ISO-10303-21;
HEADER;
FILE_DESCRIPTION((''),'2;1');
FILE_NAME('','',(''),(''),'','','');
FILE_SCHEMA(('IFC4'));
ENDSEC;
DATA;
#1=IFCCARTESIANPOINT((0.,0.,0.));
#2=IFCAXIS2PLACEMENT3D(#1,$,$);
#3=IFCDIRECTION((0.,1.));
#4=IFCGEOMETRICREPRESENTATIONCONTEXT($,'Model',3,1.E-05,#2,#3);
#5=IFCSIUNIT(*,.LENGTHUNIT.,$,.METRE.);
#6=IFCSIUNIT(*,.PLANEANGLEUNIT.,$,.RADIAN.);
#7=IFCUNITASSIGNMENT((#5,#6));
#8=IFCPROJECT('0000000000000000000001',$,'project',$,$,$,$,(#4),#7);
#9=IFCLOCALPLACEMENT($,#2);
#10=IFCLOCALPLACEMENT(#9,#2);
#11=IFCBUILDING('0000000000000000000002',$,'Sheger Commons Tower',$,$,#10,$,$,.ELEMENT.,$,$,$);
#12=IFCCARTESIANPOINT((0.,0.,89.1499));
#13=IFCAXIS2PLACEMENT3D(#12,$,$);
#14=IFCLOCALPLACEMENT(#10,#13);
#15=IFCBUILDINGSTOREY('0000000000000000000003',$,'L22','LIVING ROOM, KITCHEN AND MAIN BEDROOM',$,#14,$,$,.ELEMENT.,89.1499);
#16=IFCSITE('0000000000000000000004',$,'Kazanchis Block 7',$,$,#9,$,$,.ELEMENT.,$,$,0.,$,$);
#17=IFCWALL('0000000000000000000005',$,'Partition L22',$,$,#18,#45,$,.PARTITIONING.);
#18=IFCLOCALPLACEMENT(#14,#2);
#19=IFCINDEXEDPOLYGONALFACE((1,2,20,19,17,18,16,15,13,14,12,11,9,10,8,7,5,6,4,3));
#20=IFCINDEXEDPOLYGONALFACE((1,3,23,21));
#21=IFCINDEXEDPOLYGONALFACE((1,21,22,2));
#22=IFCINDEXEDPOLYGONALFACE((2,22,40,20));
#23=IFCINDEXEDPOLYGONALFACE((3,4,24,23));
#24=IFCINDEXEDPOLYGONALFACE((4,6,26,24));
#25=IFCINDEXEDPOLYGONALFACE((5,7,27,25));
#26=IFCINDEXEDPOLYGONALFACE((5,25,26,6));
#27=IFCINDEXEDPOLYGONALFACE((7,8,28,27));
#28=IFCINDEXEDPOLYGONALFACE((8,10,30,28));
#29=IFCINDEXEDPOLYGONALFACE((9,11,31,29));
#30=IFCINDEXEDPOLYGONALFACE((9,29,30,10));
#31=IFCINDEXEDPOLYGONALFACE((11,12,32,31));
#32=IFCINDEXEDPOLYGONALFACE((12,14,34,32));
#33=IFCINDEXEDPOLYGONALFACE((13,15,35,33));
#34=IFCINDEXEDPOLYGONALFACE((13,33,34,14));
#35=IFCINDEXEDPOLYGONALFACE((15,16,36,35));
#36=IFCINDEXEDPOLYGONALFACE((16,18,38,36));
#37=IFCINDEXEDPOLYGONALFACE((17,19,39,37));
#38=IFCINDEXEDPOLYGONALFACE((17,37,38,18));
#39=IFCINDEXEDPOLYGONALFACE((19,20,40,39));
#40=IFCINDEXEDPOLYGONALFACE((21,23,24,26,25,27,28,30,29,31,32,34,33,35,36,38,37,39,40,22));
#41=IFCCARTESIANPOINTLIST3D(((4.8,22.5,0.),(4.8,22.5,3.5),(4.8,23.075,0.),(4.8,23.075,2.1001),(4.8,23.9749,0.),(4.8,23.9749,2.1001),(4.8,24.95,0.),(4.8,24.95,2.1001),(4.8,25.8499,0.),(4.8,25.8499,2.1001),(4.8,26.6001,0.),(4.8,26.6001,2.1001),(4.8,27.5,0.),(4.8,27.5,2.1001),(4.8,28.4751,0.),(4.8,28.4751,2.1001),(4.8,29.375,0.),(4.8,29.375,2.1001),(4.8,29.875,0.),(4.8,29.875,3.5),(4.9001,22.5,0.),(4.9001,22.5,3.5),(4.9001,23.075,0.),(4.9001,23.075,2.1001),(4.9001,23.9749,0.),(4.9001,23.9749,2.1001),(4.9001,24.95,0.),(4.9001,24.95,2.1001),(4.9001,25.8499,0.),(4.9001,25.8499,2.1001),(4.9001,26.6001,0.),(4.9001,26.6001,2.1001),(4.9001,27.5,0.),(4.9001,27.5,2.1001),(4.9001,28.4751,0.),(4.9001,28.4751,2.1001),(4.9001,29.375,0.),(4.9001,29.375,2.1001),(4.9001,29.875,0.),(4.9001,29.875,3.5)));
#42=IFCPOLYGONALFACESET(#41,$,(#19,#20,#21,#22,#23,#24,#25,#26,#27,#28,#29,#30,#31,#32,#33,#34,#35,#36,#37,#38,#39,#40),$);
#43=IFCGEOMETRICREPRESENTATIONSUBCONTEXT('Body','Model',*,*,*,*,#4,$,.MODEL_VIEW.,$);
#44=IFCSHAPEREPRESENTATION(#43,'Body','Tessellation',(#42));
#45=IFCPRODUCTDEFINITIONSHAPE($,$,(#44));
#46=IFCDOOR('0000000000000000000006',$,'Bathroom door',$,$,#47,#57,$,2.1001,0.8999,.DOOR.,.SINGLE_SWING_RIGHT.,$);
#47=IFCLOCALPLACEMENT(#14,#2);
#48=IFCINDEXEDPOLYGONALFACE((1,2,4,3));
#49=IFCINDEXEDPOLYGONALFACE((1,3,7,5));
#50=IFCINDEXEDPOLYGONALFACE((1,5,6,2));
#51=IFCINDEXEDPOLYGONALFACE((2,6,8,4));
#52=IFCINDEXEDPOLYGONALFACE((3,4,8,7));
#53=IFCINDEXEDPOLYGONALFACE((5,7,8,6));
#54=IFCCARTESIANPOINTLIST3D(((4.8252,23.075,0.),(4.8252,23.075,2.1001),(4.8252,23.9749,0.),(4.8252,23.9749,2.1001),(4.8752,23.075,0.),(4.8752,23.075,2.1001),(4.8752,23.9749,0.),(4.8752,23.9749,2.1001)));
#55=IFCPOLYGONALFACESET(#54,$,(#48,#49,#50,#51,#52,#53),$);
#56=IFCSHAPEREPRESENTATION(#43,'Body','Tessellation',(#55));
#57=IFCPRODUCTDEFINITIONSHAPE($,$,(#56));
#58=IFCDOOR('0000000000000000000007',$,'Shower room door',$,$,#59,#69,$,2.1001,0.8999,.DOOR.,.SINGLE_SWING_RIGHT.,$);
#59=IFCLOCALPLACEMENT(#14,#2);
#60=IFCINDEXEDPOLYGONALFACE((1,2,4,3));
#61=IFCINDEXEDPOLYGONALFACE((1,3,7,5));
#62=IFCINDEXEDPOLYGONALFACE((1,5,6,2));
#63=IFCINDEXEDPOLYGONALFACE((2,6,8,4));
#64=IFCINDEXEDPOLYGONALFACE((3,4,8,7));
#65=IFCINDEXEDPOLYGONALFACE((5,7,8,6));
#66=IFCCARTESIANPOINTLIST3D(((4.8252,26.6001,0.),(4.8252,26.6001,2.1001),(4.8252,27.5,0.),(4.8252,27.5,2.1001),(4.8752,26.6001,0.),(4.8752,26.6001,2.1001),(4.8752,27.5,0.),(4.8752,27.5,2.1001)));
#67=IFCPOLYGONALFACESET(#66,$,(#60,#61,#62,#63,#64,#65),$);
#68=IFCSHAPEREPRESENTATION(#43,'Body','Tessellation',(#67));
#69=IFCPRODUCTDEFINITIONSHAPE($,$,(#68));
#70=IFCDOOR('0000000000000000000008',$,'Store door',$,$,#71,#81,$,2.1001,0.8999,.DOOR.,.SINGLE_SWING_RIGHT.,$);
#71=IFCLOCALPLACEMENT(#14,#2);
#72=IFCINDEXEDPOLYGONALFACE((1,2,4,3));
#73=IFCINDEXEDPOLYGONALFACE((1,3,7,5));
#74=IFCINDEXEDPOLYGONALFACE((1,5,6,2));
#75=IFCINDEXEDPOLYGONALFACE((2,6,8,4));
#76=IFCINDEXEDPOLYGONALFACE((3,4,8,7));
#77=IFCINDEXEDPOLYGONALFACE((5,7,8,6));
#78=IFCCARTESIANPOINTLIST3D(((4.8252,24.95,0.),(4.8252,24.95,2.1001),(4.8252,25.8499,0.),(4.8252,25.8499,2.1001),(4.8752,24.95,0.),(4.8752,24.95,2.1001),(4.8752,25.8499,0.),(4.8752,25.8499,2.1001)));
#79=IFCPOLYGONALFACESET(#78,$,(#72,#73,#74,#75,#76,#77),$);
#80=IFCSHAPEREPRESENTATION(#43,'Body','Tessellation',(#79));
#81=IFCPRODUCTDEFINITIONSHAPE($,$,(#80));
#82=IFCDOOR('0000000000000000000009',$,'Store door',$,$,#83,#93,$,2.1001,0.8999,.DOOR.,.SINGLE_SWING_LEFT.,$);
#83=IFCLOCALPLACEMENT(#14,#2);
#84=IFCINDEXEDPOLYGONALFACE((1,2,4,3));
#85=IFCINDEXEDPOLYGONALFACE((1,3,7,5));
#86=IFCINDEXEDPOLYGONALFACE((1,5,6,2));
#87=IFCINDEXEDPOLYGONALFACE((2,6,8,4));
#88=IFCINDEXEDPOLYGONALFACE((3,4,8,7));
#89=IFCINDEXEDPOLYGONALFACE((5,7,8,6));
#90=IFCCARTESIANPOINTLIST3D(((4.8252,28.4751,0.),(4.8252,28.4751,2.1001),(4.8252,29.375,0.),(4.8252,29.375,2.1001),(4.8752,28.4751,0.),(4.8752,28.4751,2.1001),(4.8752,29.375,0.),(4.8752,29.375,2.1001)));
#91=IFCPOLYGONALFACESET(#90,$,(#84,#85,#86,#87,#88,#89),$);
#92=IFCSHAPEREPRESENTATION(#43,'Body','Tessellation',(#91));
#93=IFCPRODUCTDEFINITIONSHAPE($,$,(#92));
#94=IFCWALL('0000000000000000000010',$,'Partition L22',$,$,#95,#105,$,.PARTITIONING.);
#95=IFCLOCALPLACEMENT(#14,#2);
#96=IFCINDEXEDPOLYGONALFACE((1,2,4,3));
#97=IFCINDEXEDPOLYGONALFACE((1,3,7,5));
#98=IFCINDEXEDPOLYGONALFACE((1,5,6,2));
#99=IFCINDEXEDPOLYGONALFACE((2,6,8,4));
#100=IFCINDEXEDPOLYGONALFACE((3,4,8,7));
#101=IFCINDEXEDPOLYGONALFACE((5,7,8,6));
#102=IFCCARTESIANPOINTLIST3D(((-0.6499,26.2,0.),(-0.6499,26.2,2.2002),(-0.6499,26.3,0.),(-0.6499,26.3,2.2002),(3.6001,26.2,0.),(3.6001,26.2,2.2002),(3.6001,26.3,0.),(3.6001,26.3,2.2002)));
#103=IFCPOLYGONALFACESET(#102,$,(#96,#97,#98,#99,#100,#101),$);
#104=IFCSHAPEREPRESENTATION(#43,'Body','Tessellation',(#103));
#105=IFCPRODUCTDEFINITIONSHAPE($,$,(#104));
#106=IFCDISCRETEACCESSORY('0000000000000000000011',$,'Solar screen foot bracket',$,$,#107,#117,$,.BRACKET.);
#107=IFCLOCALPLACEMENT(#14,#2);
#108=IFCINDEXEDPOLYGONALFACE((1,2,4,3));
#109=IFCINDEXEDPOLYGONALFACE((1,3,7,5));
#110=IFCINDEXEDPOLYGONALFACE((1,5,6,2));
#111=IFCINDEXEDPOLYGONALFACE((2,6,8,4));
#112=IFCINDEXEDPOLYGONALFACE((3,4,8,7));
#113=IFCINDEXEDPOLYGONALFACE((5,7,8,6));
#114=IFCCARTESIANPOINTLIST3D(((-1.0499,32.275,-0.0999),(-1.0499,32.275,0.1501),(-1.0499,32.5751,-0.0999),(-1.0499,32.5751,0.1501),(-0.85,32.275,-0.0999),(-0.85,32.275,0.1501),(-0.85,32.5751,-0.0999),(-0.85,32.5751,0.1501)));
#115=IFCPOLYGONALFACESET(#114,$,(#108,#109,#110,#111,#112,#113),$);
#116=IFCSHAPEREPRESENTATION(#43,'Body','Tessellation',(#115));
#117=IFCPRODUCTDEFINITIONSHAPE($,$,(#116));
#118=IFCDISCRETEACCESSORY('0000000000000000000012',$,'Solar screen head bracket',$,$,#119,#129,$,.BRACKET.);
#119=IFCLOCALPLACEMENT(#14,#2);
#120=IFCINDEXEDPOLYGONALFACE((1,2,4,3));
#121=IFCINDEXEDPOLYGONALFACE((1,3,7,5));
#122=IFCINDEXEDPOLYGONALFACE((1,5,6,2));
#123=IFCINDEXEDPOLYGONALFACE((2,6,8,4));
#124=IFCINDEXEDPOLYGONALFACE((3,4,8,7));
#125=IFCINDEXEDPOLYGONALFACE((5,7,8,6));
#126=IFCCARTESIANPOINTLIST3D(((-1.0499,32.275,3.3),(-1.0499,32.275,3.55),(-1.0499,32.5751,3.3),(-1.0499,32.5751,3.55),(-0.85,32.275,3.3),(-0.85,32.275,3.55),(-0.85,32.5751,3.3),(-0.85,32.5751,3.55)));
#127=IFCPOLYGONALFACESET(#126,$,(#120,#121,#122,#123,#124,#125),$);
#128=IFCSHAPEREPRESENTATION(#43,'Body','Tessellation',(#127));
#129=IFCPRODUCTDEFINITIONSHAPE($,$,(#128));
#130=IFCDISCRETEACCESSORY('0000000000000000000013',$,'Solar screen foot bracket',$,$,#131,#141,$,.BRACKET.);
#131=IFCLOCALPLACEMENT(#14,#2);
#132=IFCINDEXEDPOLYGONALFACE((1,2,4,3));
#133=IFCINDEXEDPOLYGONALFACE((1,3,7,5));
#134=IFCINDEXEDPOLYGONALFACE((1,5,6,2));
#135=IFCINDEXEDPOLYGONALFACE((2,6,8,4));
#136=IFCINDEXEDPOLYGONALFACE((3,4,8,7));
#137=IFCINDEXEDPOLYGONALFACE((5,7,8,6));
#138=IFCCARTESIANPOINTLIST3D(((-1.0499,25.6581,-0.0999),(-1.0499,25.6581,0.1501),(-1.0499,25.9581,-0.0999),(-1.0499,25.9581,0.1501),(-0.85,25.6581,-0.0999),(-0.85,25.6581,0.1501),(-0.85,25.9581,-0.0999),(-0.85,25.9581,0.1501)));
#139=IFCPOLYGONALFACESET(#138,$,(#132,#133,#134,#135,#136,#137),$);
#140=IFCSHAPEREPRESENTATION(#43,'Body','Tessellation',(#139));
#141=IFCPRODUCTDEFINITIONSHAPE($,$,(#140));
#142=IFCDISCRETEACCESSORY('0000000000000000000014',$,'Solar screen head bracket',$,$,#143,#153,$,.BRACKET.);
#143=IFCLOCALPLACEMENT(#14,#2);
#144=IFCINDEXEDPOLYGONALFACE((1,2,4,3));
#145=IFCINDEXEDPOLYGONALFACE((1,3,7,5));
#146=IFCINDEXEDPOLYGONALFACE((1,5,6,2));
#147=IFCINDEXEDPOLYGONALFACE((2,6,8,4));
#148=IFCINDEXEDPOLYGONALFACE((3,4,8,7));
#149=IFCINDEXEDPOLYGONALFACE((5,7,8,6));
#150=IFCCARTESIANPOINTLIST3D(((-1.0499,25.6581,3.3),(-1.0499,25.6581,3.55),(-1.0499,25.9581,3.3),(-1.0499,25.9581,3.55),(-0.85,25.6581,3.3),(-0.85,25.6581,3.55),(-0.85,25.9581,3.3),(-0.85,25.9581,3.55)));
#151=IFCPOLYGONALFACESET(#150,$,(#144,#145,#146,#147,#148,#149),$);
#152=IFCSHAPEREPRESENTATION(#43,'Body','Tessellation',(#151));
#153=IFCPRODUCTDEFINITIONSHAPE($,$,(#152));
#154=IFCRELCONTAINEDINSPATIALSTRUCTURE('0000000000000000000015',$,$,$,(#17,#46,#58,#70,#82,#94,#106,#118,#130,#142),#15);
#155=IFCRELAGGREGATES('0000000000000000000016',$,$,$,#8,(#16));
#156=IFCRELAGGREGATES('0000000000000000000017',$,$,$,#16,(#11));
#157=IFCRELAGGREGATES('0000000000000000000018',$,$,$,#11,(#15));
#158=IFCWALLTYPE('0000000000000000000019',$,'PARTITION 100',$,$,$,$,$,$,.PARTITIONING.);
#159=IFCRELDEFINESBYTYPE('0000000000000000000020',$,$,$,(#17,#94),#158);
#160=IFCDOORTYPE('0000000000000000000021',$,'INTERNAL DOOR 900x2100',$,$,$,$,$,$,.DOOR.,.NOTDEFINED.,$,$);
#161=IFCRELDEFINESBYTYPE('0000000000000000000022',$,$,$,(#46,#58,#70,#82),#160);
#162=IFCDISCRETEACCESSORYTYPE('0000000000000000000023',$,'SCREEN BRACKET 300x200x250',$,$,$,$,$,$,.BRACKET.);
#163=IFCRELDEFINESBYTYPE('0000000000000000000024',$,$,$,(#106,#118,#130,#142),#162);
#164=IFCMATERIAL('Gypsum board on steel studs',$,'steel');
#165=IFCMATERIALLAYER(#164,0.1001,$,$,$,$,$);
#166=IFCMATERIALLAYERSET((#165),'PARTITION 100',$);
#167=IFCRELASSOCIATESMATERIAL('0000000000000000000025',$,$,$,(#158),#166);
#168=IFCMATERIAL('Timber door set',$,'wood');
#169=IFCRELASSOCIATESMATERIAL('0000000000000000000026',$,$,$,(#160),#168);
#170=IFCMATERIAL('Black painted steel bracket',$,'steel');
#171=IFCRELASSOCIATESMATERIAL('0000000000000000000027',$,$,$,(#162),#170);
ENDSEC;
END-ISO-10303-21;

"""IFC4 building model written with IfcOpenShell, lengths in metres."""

from ifc_helpers import new_model, si_unit, direction, frame, frame_2d, origin, origin_2d, place, context, subcontext, project, spatial, rectangle, extrude, material, layer, layer_set, type_object, element, fill, save


model = new_model("IFC4")

# Units and contexts
model_context = context("Model", 3, precision=1e-05, world=origin(), true_north=direction((0.0, 1.0)))
body_context = subcontext(model_context, "Body", "Model", "MODEL_VIEW")
ifc_project = project(units=[si_unit("LENGTHUNIT", "METRE"), si_unit("PLANEANGLEUNIT", "RADIAN")], contexts=[model_context])

# Site, building, storey
site_placement = place(None, origin())
site = spatial("IfcSite", under=ifc_project, at=site_placement, Name="Kazanchis Block 7", CompositionType="ELEMENT", RefElevation=0.0)
building_placement = place(site_placement, origin())
building = spatial("IfcBuilding", under=site, at=building_placement, Name="Sheger Commons Tower", CompositionType="ELEMENT")
storey_placement = place(building_placement, frame((0.0, 0.0, 89.1499)))
storey = spatial("IfcBuildingStorey", under=building, at=storey_placement, Name="L22", Description="LIVING ROOM, KITCHEN AND MAIN BEDROOM", CompositionType="ELEMENT", Elevation=89.1499)

# Wall, openings, doors
ifc_material_1 = material(Name="Gypsum board on steel studs", Category="steel")
ifc_layer_1 = layer(ifc_material_1, 0.1001)
ifc_layer_set_1 = layer_set([ifc_layer_1], Name="PARTITION 100")
wall_type_1 = type_object("IfcWallType", Name="PARTITION 100", PredefinedType="PARTITIONING", material=ifc_layer_set_1)
wall_1_placement = place(storey_placement, frame((4.8501, 22.5, 0.0), z_axis=(0.0, 0.0, 1.0), x_axis=(0.0, 1.0, 0.0)))
wall_1 = element("IfcWall", 1, at=wall_1_placement, inside=storey, type_object=wall_type_1, Name="Partition L22", PredefinedType="PARTITIONING", context=body_context, shape_type="SweptSolid", body=[
    extrude(rectangle(XDim=7.375, YDim=0.1001, at=frame_2d((3.6875, 0.0))), origin(), (0.0, 0.0, 1.0), 3.5),
])
opening_1_placement = place(wall_1_placement, frame((0.575, 0.0, 0.0)))
opening_1 = element("IfcOpeningElement", 2, at=opening_1_placement, cuts=wall_1, PredefinedType="OPENING", context=body_context, shape_type="SweptSolid", body=[
    extrude(rectangle(XDim=0.8999, YDim=2.1001, at=frame_2d((0.45, 1.05))), frame((0.0, 0.0601, 0.0), z_axis=(0.0, -1.0, 0.0), x_axis=(1.0, 0.0, 0.0)), (0.0, 0.0, 1.0), 0.1201),
])
opening_2_placement = place(wall_1_placement, frame((4.1001, 0.0, 0.0)))
opening_2 = element("IfcOpeningElement", 3, at=opening_2_placement, cuts=wall_1, PredefinedType="OPENING", context=body_context, shape_type="SweptSolid", body=[
    extrude(rectangle(XDim=0.8999, YDim=2.1001, at=frame_2d((0.45, 1.05))), frame((0.0, 0.0601, 0.0), z_axis=(0.0, -1.0, 0.0), x_axis=(1.0, 0.0, 0.0)), (0.0, 0.0, 1.0), 0.1201),
])
opening_3_placement = place(wall_1_placement, frame((2.45, 0.0, 0.0)))
opening_3 = element("IfcOpeningElement", 4, at=opening_3_placement, cuts=wall_1, PredefinedType="OPENING", context=body_context, shape_type="SweptSolid", body=[
    extrude(rectangle(XDim=0.8999, YDim=2.1001, at=frame_2d((0.45, 1.05))), frame((0.0, 0.0601, 0.0), z_axis=(0.0, -1.0, 0.0), x_axis=(1.0, 0.0, 0.0)), (0.0, 0.0, 1.0), 0.1201),
])
opening_4_placement = place(wall_1_placement, frame((5.9751, 0.0, 0.0)))
opening_4 = element("IfcOpeningElement", 5, at=opening_4_placement, cuts=wall_1, PredefinedType="OPENING", context=body_context, shape_type="SweptSolid", body=[
    extrude(rectangle(XDim=0.8999, YDim=2.1001, at=frame_2d((0.45, 1.05))), frame((0.0, 0.0601, 0.0), z_axis=(0.0, -1.0, 0.0), x_axis=(1.0, 0.0, 0.0)), (0.0, 0.0, 1.0), 0.1201),
])
ifc_material_2 = material(Name="Timber door set", Category="wood")
door_type = type_object("IfcDoorType", Name="INTERNAL DOOR 900x2100", OperationType="NOTDEFINED", PredefinedType="DOOR", material=ifc_material_2)
door_1_placement = place(opening_1_placement, origin())
door_1 = element("IfcDoor", 6, at=door_1_placement, inside=storey, type_object=door_type, Name="Bathroom door", OperationType="SINGLE_SWING_RIGHT", OverallHeight=2.1001, OverallWidth=0.8999, PredefinedType="DOOR", context=body_context, shape_type="SweptSolid", body=[
    extrude(rectangle(XDim=0.8999, YDim=2.1001, at=frame_2d((0.45, 1.05))), frame((0.0, 0.0249, 0.0), z_axis=(0.0, -1.0, 0.0), x_axis=(1.0, 0.0, 0.0)), (0.0, 0.0, 1.0), 0.05),
])
fill(opening_1, door_1)
door_2_placement = place(opening_2_placement, origin())
door_2 = element("IfcDoor", 7, at=door_2_placement, inside=storey, type_object=door_type, Name="Shower room door", OperationType="SINGLE_SWING_RIGHT", OverallHeight=2.1001, OverallWidth=0.8999, PredefinedType="DOOR", context=body_context, shape_type="SweptSolid", body=[
    extrude(rectangle(XDim=0.8999, YDim=2.1001, at=frame_2d((0.45, 1.05))), frame((0.0, 0.0249, 0.0), z_axis=(0.0, -1.0, 0.0), x_axis=(1.0, 0.0, 0.0)), (0.0, 0.0, 1.0), 0.05),
])
fill(opening_2, door_2)
door_3_placement = place(opening_3_placement, origin())
door_3 = element("IfcDoor", 8, at=door_3_placement, inside=storey, type_object=door_type, Name="Store door", OperationType="SINGLE_SWING_RIGHT", OverallHeight=2.1001, OverallWidth=0.8999, PredefinedType="DOOR", context=body_context, shape_type="SweptSolid", body=[
    extrude(rectangle(XDim=0.8999, YDim=2.1001, at=frame_2d((0.45, 1.05))), frame((0.0, 0.0249, 0.0), z_axis=(0.0, -1.0, 0.0), x_axis=(1.0, 0.0, 0.0)), (0.0, 0.0, 1.0), 0.05),
])
fill(opening_3, door_3)
door_4_placement = place(opening_4_placement, origin())
door_4 = element("IfcDoor", 9, at=door_4_placement, inside=storey, type_object=door_type, Name="Store door", OperationType="SINGLE_SWING_LEFT", OverallHeight=2.1001, OverallWidth=0.8999, PredefinedType="DOOR", context=body_context, shape_type="SweptSolid", body=[
    extrude(rectangle(XDim=0.8999, YDim=2.1001, at=frame_2d((0.45, 1.05))), frame((0.0, 0.0249, 0.0), z_axis=(0.0, -1.0, 0.0), x_axis=(1.0, 0.0, 0.0)), (0.0, 0.0, 1.0), 0.05),
])
fill(opening_4, door_4)

# Wall
wall_2_placement = place(storey_placement, frame((-0.6499, 26.25, 0.0), z_axis=(0.0, 0.0, 1.0), x_axis=(1.0, 0.0, 0.0)))
element("IfcWall", 10, at=wall_2_placement, inside=storey, type_object=wall_type_1, Name="Partition L22", PredefinedType="PARTITIONING", context=body_context, shape_type="SweptSolid", body=[
    extrude(rectangle(XDim=4.25, YDim=0.1001, at=frame_2d((2.125, 0.0))), origin(), (0.0, 0.0, 1.0), 2.2002),
])

# Discrete accessories
ifc_material_3 = material(Name="Black painted steel bracket", Category="steel")
discrete_accessory_type = type_object("IfcDiscreteAccessoryType", Name="SCREEN BRACKET 300x200x250", PredefinedType="BRACKET", material=ifc_material_3)
for number, where, z_axis, x_axis, name in (
    (11, (-0.95, 32.425, -0.0999), (0.0, 0.0, 1.0), (0.0, -1.0, 0.0), "Solar screen foot bracket"),
    (12, (-0.95, 32.425, 3.3), (0.0, 0.0, 1.0), (0.0, -1.0, 0.0), "Solar screen head bracket"),
    (13, (-0.95, 25.8081, -0.0999), (0.0, 0.0, 1.0), (0.0, -1.0, 0.0), "Solar screen foot bracket"),
    (14, (-0.95, 25.8081, 3.3), (0.0, 0.0, 1.0), (0.0, -1.0, 0.0), "Solar screen head bracket"),
):
    element("IfcDiscreteAccessory", number, at=place(storey_placement, frame(where, z_axis=z_axis, x_axis=x_axis)), inside=storey, type_object=discrete_accessory_type, Name=name, PredefinedType="BRACKET", context=body_context, shape_type="SweptSolid", body=[
        extrude(rectangle(XDim=0.3, YDim=0.2, at=origin_2d()), origin(), (0.0, 0.0, 1.0), 0.25),
    ])

save(model, "model.ifc")
